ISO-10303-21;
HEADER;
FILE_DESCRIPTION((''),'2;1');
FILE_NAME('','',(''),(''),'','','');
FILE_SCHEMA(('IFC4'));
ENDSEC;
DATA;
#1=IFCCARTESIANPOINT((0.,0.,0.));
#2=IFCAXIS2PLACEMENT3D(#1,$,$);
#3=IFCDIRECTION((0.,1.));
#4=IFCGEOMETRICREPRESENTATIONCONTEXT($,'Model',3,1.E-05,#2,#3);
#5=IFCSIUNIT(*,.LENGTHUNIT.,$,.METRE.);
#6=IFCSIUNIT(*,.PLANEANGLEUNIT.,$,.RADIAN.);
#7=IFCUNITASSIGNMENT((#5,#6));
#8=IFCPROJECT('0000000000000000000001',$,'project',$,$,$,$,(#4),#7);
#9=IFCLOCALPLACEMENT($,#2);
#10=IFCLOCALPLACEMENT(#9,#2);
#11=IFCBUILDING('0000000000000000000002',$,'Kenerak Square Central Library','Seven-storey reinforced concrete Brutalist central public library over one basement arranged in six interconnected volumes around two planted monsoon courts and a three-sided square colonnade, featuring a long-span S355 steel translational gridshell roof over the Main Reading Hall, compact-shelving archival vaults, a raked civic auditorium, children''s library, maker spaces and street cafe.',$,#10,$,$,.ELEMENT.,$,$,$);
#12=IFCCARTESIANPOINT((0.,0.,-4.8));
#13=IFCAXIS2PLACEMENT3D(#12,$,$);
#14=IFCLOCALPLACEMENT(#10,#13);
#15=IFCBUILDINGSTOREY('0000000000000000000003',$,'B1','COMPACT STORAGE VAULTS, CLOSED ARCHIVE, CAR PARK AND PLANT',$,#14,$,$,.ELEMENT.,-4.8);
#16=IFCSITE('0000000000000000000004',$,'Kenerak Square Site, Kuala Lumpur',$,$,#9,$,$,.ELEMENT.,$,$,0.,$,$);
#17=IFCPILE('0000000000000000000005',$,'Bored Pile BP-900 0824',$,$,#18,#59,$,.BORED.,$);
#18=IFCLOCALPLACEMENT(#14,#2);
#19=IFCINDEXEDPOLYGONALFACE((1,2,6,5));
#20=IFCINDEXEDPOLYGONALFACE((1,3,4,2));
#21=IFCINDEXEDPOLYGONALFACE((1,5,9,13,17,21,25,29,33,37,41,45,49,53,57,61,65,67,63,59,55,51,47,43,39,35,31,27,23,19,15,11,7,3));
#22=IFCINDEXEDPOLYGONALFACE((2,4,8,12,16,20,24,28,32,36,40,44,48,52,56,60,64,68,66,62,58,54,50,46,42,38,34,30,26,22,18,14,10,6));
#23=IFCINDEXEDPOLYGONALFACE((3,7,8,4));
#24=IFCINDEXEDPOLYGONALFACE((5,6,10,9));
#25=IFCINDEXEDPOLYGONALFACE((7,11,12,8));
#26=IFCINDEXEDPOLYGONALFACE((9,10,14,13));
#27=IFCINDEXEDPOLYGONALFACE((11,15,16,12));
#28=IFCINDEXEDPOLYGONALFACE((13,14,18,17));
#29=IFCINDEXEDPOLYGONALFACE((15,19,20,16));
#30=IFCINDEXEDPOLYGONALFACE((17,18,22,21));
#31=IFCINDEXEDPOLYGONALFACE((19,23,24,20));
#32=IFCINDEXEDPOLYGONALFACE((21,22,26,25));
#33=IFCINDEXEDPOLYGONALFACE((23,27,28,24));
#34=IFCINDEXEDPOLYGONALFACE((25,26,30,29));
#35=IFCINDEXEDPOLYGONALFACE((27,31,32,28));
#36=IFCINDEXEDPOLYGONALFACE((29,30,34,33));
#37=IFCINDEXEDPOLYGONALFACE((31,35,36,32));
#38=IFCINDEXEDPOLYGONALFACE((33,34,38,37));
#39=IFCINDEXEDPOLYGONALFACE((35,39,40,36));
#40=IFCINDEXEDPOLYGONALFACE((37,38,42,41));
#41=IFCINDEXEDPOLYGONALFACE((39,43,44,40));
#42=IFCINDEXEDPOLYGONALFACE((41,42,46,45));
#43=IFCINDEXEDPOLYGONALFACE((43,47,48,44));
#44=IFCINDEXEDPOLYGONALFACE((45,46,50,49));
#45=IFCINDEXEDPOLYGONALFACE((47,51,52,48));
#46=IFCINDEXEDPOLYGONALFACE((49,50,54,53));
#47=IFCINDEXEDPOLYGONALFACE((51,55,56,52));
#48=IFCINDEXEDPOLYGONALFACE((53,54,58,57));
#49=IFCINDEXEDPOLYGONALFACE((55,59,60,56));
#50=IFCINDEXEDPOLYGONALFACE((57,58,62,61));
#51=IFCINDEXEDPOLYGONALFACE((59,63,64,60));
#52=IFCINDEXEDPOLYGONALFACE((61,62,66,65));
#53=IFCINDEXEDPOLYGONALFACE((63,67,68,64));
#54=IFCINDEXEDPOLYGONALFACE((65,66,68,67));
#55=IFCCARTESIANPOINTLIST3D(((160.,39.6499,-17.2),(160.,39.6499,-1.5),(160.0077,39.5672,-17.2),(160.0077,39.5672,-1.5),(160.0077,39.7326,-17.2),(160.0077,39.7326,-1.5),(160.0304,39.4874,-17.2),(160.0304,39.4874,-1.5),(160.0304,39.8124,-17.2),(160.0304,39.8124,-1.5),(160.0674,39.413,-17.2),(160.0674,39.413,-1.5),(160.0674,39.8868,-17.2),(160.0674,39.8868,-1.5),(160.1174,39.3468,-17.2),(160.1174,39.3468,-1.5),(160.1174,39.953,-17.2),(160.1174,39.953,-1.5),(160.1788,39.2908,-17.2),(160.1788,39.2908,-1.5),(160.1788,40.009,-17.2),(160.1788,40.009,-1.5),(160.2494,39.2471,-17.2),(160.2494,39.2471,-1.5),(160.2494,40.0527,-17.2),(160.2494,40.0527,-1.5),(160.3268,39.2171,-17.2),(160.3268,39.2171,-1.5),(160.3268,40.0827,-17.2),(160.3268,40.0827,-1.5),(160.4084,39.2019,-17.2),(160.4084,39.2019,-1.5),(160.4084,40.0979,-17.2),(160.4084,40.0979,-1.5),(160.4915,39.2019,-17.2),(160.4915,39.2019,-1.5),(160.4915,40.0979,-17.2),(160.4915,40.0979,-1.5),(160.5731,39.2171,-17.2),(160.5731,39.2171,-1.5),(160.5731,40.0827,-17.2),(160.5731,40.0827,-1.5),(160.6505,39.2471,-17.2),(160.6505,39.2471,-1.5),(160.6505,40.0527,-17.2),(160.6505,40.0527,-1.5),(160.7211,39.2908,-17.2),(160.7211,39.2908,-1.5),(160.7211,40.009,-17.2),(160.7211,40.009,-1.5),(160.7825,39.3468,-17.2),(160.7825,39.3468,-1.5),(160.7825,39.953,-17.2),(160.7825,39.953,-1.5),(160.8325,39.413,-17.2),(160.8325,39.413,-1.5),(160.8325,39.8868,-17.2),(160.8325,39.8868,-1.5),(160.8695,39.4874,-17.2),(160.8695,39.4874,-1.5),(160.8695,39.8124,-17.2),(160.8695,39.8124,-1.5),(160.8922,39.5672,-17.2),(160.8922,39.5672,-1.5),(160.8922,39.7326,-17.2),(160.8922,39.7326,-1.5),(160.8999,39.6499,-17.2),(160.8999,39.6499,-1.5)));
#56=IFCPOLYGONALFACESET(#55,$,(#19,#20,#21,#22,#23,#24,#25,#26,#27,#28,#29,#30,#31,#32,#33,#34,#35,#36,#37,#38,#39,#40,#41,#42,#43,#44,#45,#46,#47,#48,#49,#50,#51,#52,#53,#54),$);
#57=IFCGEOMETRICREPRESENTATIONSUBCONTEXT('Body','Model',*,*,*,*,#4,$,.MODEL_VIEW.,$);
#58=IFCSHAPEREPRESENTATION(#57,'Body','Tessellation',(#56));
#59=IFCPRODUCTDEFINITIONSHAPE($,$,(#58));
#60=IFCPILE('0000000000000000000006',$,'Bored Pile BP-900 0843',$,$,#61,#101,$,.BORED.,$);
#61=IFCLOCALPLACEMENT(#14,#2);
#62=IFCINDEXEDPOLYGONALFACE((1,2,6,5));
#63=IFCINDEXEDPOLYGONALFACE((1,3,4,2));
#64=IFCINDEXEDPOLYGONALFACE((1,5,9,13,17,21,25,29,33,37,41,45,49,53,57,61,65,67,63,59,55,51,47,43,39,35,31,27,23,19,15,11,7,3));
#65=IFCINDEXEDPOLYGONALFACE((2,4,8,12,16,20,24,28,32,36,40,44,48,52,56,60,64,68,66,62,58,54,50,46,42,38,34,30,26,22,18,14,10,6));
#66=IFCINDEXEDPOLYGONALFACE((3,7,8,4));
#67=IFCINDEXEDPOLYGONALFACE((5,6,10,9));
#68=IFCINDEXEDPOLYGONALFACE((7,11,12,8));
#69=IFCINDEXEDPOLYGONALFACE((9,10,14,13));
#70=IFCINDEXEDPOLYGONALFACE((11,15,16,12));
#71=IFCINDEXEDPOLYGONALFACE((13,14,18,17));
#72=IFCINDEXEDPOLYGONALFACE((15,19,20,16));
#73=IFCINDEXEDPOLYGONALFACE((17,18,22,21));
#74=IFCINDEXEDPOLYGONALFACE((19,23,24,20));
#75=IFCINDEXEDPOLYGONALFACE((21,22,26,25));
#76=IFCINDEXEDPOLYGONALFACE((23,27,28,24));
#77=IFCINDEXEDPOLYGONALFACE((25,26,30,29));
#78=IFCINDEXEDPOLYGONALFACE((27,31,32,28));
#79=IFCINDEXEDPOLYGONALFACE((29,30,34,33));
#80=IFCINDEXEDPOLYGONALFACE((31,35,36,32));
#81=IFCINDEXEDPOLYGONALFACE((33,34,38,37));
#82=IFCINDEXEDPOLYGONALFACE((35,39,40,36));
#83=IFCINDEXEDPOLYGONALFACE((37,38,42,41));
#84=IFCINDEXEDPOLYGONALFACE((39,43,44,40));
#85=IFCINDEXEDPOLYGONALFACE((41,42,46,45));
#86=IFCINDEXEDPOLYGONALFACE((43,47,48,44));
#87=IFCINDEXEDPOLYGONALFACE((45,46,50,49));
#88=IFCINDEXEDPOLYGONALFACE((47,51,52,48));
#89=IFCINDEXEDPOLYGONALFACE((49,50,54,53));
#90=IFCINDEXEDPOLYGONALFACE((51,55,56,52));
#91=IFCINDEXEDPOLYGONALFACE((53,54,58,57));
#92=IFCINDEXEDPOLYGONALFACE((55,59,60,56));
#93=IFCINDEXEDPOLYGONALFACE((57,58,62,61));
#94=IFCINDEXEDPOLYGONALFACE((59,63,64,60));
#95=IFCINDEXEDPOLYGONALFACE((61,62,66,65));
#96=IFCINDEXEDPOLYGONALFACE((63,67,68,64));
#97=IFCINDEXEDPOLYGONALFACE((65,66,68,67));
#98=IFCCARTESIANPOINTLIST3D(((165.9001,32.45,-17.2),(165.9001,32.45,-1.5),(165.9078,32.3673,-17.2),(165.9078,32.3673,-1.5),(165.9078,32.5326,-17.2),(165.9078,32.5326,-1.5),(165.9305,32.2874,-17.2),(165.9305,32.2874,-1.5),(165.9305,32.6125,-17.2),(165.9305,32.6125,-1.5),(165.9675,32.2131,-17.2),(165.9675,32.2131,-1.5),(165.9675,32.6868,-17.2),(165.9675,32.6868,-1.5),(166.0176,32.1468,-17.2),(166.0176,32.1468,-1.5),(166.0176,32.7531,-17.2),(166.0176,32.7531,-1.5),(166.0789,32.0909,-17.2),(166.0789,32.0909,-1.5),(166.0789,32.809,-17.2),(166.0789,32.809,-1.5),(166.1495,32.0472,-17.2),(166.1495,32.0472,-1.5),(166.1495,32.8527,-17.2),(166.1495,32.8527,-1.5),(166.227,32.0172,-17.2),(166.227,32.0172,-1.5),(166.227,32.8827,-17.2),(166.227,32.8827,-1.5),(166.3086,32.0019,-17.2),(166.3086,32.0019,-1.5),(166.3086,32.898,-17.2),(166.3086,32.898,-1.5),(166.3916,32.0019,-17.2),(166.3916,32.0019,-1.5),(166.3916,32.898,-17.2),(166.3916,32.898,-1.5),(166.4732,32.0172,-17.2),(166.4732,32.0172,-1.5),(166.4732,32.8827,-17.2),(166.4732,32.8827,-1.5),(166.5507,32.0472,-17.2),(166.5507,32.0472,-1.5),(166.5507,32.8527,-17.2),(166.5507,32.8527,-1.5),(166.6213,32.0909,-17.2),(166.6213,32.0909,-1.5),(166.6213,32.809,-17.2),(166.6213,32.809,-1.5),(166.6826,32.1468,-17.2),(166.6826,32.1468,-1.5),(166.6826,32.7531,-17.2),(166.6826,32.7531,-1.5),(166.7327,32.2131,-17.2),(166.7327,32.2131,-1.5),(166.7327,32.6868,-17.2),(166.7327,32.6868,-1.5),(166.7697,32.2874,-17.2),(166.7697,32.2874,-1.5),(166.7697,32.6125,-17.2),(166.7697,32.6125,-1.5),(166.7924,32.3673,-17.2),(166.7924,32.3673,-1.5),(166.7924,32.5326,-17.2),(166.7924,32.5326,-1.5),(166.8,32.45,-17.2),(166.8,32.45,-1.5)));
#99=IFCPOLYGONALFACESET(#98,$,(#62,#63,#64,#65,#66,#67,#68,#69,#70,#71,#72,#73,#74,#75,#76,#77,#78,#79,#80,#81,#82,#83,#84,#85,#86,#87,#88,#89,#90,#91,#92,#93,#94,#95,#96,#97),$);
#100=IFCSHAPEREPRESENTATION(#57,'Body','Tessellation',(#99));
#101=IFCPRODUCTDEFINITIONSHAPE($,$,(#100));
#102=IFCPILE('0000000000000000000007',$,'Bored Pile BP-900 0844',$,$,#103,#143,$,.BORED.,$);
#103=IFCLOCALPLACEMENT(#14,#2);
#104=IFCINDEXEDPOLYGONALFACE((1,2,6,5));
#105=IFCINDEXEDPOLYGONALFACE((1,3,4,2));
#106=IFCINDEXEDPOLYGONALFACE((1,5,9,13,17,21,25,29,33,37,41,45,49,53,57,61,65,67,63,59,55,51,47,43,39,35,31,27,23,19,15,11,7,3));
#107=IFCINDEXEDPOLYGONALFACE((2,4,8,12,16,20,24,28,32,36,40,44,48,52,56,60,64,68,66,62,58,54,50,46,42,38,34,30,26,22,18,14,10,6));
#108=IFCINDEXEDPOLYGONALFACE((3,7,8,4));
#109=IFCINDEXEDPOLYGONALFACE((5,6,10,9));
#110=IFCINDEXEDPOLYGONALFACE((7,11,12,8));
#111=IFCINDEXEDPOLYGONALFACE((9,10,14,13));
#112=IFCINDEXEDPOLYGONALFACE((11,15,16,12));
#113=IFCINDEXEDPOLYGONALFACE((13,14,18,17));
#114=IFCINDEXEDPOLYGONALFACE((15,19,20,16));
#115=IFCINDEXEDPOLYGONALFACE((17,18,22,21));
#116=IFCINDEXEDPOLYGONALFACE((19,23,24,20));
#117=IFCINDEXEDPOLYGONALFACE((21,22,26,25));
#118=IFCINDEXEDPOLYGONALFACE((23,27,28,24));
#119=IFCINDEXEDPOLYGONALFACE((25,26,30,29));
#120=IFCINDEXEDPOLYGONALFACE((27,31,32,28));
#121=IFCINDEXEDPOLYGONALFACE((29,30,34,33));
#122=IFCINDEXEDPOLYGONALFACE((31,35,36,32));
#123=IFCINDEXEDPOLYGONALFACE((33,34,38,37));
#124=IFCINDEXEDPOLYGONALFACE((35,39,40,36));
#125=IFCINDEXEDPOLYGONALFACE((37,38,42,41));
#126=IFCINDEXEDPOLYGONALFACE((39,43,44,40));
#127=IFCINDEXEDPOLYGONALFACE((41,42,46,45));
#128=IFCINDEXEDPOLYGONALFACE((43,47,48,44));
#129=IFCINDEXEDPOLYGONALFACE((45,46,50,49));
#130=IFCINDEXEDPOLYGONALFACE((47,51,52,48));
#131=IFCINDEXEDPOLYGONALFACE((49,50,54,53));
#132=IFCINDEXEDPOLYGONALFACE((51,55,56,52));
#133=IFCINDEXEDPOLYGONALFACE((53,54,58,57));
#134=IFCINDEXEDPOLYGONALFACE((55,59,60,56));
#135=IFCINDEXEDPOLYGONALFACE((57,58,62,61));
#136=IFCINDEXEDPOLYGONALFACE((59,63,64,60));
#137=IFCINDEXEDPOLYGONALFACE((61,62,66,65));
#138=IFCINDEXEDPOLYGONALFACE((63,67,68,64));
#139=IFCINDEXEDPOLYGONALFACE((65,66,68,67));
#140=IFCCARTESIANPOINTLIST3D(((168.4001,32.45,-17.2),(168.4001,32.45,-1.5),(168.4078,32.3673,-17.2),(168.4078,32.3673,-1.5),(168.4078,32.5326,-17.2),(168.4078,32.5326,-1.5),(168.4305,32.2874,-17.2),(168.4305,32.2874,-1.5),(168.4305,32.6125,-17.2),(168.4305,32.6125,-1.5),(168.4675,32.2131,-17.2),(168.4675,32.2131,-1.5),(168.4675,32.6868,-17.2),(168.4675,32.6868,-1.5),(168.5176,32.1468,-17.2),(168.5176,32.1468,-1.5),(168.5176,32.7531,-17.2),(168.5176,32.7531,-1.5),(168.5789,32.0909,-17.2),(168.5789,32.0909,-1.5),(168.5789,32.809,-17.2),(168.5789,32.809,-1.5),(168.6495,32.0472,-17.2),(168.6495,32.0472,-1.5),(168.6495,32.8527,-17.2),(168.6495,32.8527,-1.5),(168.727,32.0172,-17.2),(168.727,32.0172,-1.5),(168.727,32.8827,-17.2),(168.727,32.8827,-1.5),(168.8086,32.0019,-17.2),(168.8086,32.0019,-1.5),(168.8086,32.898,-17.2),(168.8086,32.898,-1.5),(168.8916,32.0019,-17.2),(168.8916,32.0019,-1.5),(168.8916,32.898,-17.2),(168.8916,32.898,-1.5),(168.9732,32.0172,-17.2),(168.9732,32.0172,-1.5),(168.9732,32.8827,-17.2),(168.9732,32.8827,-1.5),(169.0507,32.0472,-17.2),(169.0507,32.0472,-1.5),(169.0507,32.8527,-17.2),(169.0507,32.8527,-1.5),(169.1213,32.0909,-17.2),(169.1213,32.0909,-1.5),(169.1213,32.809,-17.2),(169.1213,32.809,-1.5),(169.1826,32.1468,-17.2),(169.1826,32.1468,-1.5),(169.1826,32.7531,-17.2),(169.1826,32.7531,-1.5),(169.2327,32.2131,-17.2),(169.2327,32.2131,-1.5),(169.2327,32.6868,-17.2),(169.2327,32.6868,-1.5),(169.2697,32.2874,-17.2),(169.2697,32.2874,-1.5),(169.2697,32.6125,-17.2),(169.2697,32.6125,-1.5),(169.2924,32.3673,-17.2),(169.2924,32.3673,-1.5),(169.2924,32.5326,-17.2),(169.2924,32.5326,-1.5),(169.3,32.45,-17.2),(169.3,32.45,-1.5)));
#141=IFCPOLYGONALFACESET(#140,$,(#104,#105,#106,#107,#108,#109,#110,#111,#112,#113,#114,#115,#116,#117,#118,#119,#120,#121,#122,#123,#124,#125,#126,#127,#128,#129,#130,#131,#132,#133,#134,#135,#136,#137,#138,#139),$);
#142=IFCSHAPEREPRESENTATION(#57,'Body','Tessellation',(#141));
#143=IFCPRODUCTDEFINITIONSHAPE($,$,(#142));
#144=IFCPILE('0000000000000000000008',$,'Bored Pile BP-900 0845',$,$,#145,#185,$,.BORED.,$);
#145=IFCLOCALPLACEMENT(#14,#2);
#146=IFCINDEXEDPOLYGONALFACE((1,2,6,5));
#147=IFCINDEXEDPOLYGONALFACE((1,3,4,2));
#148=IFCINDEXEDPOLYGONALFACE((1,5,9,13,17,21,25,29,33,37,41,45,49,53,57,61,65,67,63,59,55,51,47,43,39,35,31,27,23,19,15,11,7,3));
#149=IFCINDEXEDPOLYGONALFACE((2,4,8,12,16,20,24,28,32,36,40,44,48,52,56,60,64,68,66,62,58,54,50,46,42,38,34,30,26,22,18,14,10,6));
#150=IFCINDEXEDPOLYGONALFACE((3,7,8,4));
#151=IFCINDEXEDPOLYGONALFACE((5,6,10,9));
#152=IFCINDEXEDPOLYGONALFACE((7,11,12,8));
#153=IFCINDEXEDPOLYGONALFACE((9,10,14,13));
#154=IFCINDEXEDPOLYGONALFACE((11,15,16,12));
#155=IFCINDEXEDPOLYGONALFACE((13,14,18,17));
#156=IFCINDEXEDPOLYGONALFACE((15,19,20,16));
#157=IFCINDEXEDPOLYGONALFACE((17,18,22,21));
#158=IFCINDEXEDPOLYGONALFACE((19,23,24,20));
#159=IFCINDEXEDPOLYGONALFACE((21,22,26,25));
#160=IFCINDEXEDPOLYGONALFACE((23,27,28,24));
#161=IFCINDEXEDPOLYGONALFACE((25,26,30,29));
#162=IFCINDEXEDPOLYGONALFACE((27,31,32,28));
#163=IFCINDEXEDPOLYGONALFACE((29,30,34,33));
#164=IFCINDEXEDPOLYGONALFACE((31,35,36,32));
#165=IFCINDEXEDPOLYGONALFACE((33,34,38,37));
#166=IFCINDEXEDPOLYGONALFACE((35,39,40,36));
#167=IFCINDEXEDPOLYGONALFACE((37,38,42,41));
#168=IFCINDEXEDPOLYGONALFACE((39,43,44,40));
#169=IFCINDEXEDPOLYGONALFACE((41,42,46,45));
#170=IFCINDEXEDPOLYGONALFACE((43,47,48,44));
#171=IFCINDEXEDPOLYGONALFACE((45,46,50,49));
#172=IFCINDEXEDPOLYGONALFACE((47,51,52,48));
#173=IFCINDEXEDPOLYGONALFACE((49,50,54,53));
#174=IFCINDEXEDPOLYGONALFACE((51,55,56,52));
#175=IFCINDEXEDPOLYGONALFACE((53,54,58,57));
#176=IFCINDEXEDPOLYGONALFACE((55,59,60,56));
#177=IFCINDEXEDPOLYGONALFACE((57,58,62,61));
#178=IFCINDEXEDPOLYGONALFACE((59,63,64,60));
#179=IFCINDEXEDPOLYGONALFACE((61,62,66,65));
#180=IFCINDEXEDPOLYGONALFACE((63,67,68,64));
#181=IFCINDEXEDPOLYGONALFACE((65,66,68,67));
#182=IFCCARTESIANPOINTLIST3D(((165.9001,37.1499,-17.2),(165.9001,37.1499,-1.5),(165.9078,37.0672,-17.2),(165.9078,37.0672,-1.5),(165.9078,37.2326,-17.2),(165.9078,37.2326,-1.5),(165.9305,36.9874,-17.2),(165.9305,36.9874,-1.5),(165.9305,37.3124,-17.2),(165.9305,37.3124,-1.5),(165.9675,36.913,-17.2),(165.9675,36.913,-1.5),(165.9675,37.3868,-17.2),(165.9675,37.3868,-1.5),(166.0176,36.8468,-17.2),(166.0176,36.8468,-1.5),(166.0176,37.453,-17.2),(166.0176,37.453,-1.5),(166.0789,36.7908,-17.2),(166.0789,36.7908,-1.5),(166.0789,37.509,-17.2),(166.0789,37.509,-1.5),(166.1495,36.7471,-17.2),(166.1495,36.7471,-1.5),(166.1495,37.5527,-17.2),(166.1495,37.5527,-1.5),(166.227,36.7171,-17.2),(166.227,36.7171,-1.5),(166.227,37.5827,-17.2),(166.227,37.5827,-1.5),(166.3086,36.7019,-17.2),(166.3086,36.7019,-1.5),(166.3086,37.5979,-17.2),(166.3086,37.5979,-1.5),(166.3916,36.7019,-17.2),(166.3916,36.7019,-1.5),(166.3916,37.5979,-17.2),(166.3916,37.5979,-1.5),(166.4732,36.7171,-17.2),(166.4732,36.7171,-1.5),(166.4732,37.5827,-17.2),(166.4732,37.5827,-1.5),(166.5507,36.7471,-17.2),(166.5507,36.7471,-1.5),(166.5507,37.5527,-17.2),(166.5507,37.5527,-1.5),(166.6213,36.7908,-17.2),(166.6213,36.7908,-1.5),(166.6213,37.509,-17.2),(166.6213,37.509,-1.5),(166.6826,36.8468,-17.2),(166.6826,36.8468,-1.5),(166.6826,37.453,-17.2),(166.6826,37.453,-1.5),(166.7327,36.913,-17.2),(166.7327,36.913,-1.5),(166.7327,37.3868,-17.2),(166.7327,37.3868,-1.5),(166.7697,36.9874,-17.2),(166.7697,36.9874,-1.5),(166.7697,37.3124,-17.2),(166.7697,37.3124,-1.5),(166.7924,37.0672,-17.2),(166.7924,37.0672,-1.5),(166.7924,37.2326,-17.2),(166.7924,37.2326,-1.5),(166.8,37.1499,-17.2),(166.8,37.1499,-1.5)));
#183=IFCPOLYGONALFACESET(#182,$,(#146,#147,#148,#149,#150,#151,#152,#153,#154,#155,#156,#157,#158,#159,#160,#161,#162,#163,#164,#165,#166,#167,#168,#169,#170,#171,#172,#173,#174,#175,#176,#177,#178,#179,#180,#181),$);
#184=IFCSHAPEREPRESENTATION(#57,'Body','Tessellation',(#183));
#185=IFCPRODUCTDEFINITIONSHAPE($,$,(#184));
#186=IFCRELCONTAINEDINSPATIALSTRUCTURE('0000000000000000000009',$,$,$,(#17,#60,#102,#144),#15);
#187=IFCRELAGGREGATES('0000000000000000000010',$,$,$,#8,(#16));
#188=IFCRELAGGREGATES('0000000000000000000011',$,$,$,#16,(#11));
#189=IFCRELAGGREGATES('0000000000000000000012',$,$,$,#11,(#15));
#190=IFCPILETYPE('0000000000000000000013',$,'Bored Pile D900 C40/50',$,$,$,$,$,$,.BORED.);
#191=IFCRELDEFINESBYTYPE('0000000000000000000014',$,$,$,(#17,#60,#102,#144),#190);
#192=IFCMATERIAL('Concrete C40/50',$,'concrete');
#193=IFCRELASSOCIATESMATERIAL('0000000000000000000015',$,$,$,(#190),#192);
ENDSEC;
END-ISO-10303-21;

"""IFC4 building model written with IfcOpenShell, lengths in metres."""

from ifc_helpers import new_model, si_unit, direction, frame, origin, origin_2d, place, context, subcontext, project, spatial, circle, extrude, material, material_profile, profile_set, type_object, element, save


model = new_model("IFC4")

# Units and contexts
model_context = context("Model", 3, precision=1e-05, world=origin(), true_north=direction((0.0, 1.0)))
body_context = subcontext(model_context, "Body", "Model", "MODEL_VIEW")
ifc_project = project(units=[si_unit("LENGTHUNIT", "METRE"), si_unit("PLANEANGLEUNIT", "RADIAN")], contexts=[model_context])

# Site, building, storey
site_placement = place(None, origin())
site = spatial("IfcSite", under=ifc_project, at=site_placement, Name="Kenerak Square Site, Kuala Lumpur", CompositionType="ELEMENT", RefElevation=0.0)
building_placement = place(site_placement, origin())
building = spatial("IfcBuilding", under=site, at=building_placement, Name="Kenerak Square Central Library", Description="Seven-storey reinforced concrete Brutalist central public library over one basement arranged in six interconnected volumes around two planted monsoon courts and a three-sided square colonnade, featuring a long-span S355 steel translational gridshell roof over the Main Reading Hall, compact-shelving archival vaults, a raked civic auditorium, children's library, maker spaces and street cafe.", CompositionType="ELEMENT")
storey_placement = place(building_placement, frame((0.0, 0.0, -4.8)))
storey = spatial("IfcBuildingStorey", under=building, at=storey_placement, Name="B1", Description="COMPACT STORAGE VAULTS, CLOSED ARCHIVE, CAR PARK AND PLANT", CompositionType="ELEMENT", Elevation=-4.8)

# Piles
ifc_material_1 = material(Name="Concrete C40/50", Category="concrete")
ifc_material_profile_1 = material_profile(ifc_material_1, circle(Radius=0.45, at=origin_2d()), Name="BP D900")
ifc_profile_set_1 = profile_set([ifc_material_profile_1], Name="Concrete C40/50")
pile_type = type_object("IfcPileType", Name="Bored Pile D900 C40/50", PredefinedType="BORED", material=ifc_profile_set_1)
for number, where, z_axis, x_axis, name in (
    (1, (160.45, 39.6499, -1.5), (0.0, 0.0, -1.0), (1.0, 0.0, 0.0), "Bored Pile BP-900 0824"),
    (2, (166.3501, 32.45, -1.5), (0.0, 0.0, -1.0), (1.0, 0.0, 0.0), "Bored Pile BP-900 0843"),
    (3, (168.8501, 32.45, -1.5), (0.0, 0.0, -1.0), (1.0, 0.0, 0.0), "Bored Pile BP-900 0844"),
    (4, (166.3501, 37.1499, -1.5), (0.0, 0.0, -1.0), (1.0, 0.0, 0.0), "Bored Pile BP-900 0845"),
):
    element("IfcPile", number, at=place(storey_placement, frame(where, z_axis=z_axis, x_axis=x_axis)), inside=storey, type_object=pile_type, Name=name, PredefinedType="BORED", context=body_context, shape_type="SweptSolid", body=[
        extrude(circle(Radius=0.45, at=origin_2d()), origin(), (0.0, 0.0, 1.0), 15.7),
    ])

save(model, "model.ifc")
